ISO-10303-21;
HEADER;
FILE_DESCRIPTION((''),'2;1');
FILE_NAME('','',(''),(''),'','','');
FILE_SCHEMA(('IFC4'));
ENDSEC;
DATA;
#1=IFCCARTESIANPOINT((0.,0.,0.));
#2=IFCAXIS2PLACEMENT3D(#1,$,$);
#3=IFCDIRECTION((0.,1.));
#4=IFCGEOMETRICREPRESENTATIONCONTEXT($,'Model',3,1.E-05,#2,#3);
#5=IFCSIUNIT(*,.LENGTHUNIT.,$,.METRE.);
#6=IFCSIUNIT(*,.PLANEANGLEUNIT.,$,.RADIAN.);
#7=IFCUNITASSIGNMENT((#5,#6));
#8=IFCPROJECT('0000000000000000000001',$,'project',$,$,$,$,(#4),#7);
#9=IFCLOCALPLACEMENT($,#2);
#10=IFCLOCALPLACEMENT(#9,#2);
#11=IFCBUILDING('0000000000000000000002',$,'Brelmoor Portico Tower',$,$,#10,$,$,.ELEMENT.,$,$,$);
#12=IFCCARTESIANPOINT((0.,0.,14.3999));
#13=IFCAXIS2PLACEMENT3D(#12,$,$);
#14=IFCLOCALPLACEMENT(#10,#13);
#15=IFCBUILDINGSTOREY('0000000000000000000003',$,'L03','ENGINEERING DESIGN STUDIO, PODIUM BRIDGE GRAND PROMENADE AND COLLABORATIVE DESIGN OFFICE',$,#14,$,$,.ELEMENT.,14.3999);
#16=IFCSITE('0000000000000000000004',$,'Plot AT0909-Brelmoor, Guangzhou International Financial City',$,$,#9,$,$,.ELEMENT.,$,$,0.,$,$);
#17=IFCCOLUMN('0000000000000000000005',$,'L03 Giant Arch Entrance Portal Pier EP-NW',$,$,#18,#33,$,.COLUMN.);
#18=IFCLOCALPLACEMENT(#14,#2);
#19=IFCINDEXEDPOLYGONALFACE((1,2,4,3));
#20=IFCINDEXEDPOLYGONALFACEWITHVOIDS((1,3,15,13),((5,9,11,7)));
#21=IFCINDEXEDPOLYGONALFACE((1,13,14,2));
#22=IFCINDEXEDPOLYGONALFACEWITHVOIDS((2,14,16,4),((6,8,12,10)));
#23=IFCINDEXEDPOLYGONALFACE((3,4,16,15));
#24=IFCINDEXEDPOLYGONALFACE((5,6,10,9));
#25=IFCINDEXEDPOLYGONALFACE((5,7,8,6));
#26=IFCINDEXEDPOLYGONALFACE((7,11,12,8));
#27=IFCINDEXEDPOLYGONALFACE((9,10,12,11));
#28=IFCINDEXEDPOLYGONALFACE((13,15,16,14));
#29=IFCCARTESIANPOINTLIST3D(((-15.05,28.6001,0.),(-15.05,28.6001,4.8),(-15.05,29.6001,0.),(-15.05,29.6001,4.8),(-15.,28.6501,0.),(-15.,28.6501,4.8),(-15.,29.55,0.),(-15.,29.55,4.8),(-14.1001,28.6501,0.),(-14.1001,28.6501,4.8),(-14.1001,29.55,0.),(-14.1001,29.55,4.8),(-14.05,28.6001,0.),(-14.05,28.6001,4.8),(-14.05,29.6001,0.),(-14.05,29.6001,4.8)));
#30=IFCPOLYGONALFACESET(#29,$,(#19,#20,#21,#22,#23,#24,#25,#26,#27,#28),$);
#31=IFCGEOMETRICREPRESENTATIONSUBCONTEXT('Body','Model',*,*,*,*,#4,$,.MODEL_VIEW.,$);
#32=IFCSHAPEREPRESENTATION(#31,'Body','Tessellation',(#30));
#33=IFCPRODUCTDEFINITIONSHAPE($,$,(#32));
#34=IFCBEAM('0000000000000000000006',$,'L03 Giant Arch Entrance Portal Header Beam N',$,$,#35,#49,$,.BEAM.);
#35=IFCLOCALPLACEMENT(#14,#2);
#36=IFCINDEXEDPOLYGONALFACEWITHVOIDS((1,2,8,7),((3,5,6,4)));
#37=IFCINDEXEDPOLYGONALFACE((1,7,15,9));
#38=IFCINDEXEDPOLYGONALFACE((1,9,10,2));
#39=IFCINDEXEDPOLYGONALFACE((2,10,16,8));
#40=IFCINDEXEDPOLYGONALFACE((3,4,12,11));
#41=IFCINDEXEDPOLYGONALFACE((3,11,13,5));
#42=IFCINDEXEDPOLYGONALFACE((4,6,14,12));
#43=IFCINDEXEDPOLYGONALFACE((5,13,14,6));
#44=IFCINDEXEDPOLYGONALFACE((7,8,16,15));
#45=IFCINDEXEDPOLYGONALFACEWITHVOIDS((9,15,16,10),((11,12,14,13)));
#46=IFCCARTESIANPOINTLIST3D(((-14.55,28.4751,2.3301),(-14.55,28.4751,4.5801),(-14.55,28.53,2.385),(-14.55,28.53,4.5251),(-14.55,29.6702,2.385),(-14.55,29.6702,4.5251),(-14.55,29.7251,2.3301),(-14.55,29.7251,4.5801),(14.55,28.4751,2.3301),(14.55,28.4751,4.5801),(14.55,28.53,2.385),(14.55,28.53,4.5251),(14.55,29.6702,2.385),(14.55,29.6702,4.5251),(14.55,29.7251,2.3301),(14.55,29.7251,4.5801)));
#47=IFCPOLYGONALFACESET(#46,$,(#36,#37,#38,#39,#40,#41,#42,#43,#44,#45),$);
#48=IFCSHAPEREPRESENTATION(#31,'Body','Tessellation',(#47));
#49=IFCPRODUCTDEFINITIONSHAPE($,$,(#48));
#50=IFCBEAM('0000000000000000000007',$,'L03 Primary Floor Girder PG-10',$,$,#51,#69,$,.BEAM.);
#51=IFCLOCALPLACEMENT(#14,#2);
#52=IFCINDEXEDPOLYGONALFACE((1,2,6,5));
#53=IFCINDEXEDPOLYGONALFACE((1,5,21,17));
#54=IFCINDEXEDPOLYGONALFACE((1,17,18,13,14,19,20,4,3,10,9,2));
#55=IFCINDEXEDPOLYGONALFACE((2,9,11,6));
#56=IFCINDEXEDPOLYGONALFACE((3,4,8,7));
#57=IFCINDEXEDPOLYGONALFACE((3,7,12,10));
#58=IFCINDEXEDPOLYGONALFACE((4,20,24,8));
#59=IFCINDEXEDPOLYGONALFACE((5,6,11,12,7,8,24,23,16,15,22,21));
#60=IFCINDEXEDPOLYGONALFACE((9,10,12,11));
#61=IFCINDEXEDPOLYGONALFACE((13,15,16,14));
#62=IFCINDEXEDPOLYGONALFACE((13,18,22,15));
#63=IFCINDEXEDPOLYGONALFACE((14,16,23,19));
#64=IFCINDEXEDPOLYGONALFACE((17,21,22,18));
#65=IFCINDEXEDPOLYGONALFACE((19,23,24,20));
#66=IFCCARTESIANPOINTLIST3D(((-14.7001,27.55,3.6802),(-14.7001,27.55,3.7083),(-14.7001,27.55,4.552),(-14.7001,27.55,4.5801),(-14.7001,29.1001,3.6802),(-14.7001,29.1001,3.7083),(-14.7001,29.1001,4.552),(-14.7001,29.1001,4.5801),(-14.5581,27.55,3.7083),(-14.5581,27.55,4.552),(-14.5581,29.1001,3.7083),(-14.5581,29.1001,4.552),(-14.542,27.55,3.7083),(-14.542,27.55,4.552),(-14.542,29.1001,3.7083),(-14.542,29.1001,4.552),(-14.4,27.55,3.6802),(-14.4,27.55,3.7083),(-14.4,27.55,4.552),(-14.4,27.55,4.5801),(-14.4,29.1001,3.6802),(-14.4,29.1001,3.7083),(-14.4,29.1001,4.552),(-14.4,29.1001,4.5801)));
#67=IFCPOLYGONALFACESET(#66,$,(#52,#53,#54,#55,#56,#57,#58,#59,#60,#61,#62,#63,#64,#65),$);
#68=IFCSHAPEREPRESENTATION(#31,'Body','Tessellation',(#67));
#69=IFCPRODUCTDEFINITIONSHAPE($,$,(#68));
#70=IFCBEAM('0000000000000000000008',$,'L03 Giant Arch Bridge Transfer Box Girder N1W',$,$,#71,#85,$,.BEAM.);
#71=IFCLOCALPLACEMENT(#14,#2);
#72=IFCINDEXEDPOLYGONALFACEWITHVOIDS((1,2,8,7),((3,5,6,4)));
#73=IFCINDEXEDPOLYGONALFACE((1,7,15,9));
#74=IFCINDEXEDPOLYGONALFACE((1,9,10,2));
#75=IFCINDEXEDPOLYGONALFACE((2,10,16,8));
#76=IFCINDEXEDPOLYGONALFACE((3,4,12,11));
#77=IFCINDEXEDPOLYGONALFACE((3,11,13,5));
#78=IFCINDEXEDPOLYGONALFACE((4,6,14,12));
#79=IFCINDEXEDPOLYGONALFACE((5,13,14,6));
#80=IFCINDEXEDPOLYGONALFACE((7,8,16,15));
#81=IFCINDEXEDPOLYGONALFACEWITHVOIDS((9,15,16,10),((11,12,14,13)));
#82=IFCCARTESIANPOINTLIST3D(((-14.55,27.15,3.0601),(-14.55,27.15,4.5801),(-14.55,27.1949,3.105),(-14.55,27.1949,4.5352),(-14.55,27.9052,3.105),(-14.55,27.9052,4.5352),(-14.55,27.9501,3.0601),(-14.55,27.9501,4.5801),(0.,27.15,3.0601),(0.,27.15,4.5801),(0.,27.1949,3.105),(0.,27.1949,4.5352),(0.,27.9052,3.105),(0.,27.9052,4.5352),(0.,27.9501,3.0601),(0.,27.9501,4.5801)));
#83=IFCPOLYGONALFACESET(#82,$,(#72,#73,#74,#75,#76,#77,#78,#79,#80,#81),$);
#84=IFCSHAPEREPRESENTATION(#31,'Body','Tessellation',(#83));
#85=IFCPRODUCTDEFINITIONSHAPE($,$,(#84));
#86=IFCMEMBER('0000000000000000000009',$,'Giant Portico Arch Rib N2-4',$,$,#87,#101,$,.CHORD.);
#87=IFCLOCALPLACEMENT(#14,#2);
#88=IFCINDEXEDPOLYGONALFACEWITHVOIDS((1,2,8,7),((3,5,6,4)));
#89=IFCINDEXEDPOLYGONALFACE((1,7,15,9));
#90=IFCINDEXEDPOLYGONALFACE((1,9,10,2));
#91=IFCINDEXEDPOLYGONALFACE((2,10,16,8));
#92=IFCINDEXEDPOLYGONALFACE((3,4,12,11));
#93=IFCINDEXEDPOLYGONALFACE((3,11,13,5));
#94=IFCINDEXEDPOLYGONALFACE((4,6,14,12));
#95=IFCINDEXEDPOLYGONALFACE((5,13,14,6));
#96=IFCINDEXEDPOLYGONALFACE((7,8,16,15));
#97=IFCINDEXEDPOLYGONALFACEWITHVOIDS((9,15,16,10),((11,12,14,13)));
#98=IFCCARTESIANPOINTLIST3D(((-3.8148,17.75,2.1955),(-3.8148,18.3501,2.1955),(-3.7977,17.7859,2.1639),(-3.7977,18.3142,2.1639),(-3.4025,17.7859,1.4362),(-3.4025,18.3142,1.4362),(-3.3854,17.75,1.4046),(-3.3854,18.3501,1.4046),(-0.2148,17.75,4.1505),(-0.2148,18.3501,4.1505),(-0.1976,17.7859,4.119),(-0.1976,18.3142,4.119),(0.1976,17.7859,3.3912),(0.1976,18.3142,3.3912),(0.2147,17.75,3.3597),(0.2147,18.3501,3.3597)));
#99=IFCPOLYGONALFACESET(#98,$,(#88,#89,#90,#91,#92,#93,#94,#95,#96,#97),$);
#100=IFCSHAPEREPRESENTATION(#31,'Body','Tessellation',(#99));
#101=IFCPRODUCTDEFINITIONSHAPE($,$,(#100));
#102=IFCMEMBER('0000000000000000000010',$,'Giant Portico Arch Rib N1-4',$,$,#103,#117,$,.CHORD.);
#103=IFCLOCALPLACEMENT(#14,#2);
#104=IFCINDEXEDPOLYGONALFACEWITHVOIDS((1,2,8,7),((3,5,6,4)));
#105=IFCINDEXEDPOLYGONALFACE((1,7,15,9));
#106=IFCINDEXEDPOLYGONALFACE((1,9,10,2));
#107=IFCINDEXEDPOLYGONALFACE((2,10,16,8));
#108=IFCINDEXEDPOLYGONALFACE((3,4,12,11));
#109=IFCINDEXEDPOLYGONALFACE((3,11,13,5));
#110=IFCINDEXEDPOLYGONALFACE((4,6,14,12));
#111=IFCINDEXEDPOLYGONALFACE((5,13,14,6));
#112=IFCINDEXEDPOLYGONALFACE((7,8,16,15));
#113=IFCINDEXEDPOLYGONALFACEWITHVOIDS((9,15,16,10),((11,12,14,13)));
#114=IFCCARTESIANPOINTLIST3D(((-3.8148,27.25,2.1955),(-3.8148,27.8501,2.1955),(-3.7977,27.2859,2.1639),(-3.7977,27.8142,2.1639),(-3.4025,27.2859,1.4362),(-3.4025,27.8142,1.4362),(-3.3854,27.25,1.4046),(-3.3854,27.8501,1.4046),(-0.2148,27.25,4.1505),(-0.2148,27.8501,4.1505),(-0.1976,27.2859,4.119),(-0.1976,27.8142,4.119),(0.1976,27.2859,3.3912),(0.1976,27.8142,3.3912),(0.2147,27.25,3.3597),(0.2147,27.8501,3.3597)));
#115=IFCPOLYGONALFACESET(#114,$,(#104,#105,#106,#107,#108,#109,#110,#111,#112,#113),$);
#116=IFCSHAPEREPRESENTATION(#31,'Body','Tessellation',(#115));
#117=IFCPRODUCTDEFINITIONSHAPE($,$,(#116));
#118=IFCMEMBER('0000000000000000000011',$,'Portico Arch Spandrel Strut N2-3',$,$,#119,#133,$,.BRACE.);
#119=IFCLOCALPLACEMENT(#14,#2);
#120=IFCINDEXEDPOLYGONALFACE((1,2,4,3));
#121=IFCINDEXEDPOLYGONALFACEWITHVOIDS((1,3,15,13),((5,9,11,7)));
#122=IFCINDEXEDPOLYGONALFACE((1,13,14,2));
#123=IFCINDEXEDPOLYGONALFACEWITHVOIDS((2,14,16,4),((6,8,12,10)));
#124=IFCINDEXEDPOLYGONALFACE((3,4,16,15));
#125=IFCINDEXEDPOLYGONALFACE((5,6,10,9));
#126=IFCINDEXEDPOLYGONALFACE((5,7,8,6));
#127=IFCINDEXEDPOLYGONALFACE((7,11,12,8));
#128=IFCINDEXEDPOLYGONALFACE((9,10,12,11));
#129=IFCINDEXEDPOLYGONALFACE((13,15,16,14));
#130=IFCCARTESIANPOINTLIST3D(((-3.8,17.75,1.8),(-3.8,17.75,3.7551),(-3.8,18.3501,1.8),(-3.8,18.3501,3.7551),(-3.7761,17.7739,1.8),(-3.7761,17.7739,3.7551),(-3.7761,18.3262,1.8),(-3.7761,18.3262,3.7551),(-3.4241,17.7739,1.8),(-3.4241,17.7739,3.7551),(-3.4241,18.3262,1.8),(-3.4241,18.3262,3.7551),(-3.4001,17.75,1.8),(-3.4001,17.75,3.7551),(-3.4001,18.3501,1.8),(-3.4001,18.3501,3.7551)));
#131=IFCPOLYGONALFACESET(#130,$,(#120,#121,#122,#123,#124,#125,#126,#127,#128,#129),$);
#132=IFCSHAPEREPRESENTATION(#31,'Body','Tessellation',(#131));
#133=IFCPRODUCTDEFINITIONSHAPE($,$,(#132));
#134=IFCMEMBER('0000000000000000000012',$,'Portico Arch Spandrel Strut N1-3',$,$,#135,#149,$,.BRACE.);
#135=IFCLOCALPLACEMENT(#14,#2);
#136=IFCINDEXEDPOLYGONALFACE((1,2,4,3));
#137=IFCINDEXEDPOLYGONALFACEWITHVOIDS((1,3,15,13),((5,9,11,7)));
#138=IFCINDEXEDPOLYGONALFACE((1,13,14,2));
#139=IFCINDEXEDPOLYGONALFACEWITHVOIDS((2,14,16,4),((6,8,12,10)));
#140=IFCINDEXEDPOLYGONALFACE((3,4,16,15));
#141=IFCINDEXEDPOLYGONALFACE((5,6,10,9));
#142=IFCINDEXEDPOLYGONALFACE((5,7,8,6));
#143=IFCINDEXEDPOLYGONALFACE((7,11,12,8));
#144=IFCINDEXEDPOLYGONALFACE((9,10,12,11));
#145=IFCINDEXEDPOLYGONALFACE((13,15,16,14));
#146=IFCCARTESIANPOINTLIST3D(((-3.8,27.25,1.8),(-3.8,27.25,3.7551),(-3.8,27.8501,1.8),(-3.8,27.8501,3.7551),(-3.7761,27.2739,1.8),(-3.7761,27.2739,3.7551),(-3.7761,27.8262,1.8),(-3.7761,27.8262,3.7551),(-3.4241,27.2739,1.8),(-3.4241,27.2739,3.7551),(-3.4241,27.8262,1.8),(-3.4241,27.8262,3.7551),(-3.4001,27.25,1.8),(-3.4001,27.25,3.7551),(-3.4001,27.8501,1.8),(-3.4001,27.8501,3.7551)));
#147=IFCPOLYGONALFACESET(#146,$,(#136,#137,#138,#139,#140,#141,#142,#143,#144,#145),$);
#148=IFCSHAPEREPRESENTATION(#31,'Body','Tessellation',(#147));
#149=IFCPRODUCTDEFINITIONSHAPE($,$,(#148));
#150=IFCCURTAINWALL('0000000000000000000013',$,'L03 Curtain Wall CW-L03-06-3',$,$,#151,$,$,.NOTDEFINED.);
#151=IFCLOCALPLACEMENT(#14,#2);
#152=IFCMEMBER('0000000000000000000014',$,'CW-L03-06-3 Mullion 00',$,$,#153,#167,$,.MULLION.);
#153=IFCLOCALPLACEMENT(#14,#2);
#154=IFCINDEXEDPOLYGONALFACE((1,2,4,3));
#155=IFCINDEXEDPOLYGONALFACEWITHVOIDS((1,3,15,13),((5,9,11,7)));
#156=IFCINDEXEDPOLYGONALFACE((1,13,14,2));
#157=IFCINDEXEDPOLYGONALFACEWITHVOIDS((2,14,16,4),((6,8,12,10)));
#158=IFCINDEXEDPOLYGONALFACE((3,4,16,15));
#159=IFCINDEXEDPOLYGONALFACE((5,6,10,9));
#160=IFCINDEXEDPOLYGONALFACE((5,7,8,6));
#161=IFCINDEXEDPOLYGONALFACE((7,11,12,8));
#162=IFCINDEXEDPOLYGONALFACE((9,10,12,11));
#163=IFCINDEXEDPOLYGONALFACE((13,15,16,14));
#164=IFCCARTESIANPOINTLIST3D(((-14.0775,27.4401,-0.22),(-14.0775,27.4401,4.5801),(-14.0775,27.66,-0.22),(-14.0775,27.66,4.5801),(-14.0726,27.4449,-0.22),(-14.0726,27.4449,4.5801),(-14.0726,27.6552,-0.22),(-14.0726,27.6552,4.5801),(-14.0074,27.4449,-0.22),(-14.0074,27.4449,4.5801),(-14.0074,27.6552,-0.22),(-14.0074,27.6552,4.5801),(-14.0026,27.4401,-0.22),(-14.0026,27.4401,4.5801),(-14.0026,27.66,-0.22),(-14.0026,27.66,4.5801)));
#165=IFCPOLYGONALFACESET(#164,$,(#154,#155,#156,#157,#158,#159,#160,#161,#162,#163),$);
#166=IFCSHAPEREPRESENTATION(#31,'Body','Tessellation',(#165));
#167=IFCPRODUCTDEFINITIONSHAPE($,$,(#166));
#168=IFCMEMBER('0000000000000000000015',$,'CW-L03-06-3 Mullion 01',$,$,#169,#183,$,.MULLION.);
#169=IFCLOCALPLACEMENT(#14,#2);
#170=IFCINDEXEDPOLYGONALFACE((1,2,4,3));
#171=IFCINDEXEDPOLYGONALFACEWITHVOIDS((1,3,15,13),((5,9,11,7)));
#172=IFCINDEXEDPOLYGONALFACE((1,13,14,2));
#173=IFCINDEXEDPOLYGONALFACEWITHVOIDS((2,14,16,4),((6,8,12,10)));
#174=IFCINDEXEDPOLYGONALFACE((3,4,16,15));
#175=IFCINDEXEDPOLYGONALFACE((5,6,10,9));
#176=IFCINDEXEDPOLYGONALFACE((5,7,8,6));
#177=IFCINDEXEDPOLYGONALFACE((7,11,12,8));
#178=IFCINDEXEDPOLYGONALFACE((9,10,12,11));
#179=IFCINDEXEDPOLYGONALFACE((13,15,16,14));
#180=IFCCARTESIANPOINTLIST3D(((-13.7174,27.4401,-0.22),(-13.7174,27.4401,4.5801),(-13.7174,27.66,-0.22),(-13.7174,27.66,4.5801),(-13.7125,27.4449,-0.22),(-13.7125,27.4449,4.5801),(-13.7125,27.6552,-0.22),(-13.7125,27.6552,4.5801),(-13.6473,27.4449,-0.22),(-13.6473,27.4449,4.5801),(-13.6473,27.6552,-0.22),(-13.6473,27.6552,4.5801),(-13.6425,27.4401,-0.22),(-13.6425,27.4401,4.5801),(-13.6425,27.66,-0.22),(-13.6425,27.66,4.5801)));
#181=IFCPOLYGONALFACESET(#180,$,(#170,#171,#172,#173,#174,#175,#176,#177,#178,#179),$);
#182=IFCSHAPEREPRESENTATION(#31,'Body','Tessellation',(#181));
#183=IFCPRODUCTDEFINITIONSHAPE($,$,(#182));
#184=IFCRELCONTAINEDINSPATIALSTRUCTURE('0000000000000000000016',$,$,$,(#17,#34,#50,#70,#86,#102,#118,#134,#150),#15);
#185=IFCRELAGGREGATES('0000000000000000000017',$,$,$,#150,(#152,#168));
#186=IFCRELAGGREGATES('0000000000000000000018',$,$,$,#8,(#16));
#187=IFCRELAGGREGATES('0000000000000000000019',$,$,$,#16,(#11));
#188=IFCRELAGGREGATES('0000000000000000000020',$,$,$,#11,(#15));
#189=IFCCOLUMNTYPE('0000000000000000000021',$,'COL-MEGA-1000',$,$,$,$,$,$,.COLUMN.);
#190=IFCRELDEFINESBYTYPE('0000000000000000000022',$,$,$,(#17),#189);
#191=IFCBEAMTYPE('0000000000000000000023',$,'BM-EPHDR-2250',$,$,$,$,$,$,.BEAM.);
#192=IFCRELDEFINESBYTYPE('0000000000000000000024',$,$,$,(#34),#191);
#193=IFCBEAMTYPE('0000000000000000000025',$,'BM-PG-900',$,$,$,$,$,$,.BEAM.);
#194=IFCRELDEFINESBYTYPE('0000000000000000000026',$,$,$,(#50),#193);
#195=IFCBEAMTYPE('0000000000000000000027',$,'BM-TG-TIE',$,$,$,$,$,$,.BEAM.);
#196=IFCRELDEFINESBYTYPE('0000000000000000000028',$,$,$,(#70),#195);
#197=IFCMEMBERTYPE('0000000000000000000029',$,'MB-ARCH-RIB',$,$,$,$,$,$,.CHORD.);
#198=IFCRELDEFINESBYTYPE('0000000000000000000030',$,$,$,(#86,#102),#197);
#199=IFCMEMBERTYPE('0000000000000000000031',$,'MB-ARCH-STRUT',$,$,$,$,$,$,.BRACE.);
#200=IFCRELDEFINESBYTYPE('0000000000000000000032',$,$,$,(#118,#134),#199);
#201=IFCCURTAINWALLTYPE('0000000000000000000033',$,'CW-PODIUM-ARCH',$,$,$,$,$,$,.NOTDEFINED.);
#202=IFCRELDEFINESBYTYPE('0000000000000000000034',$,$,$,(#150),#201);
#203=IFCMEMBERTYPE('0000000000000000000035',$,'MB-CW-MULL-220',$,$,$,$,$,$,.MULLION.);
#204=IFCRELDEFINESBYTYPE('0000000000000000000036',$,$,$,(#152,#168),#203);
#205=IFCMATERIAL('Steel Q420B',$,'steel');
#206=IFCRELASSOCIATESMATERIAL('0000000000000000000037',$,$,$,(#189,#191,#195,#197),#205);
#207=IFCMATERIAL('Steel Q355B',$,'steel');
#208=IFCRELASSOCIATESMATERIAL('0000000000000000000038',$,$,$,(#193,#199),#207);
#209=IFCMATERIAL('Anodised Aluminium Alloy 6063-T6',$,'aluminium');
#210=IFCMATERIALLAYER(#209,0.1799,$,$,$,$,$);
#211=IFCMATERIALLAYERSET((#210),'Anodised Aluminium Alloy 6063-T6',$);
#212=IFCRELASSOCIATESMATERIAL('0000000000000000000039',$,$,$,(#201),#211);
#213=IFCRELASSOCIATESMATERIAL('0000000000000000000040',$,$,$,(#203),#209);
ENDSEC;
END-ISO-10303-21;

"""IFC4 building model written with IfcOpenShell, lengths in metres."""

from ifc_helpers import new_model, si_unit, direction, frame, origin, origin_2d, place, context, subcontext, project, spatial, hollow_rectangle, i_section, extrude, material, layer, layer_set, material_profile, profile_set, type_object, element, aggregate, save


model = new_model("IFC4")

# Units and contexts
model_context = context("Model", 3, precision=1e-05, world=origin(), true_north=direction((0.0, 1.0)))
body_context = subcontext(model_context, "Body", "Model", "MODEL_VIEW")
ifc_project = project(units=[si_unit("LENGTHUNIT", "METRE"), si_unit("PLANEANGLEUNIT", "RADIAN")], contexts=[model_context])

# Site, building, storey
site_placement = place(None, origin())
site = spatial("IfcSite", under=ifc_project, at=site_placement, Name="Plot AT0909-Brelmoor, Guangzhou International Financial City", CompositionType="ELEMENT", RefElevation=0.0)
building_placement = place(site_placement, origin())
building = spatial("IfcBuilding", under=site, at=building_placement, Name="Brelmoor Portico Tower", CompositionType="ELEMENT")
storey_placement = place(building_placement, frame((0.0, 0.0, 14.3999)))
storey = spatial("IfcBuildingStorey", under=building, at=storey_placement, Name="L03", Description="ENGINEERING DESIGN STUDIO, PODIUM BRIDGE GRAND PROMENADE AND COLLABORATIVE DESIGN OFFICE", CompositionType="ELEMENT", Elevation=14.3999)

# Column
ifc_material_1 = material(Name="Steel Q420B", Category="steel")
ifc_material_profile_1 = material_profile(ifc_material_1, hollow_rectangle(XDim=1.0, YDim=1.0, WallThickness=0.05, at=origin_2d()), Name="BOX 1000x1000x50")
ifc_profile_set_1 = profile_set([ifc_material_profile_1], Name="Steel Q420B")
column_type = type_object("IfcColumnType", Name="COL-MEGA-1000", PredefinedType="COLUMN", material=ifc_profile_set_1)
column_placement = place(storey_placement, frame((-14.55, 29.1001, 0.0), z_axis=(0.0, 0.0, 1.0), x_axis=(1.0, 0.0, 0.0)))
element("IfcColumn", 1, at=column_placement, inside=storey, type_object=column_type, Name="L03 Giant Arch Entrance Portal Pier EP-NW", PredefinedType="COLUMN", context=body_context, shape_type="SweptSolid", body=[
    extrude(hollow_rectangle(XDim=1.0, YDim=1.0, WallThickness=0.05, at=origin_2d()), origin(), (0.0, 0.0, 1.0), 4.8),
])

# Beams
ifc_material_profile_2 = material_profile(ifc_material_1, hollow_rectangle(XDim=1.25, YDim=2.25, WallThickness=0.0549, at=origin_2d()), Name="BOX 1250x2250x55")
ifc_profile_set_2 = profile_set([ifc_material_profile_2], Name="Steel Q420B")
beam_type_1 = type_object("IfcBeamType", Name="BM-EPHDR-2250", PredefinedType="BEAM", material=ifc_profile_set_2)
beam_1_placement = place(storey_placement, frame((-14.55, 29.1001, 3.4551), z_axis=(1.0, 0.0, 0.0), x_axis=(0.0, 1.0, 0.0)))
element("IfcBeam", 2, at=beam_1_placement, inside=storey, type_object=beam_type_1, Name="L03 Giant Arch Entrance Portal Header Beam N", PredefinedType="BEAM", context=body_context, shape_type="SweptSolid", body=[
    extrude(hollow_rectangle(XDim=1.25, YDim=2.25, WallThickness=0.0549, at=origin_2d()), origin(), (0.0, 0.0, 1.0), 29.1001),
])
ifc_material_2 = material(Name="Steel Q355B", Category="steel")
ifc_material_profile_3 = material_profile(ifc_material_2, i_section(OverallWidth=0.3, OverallDepth=0.8999, WebThickness=0.0161, FlangeThickness=0.0281, at=origin_2d()), Name="HN 900x300x16x28")
ifc_profile_set_3 = profile_set([ifc_material_profile_3], Name="Steel Q355B")
beam_type_2 = type_object("IfcBeamType", Name="BM-PG-900", PredefinedType="BEAM", material=ifc_profile_set_3)
beam_2_placement = place(storey_placement, frame((-14.55, 27.55, 4.1301), z_axis=(0.0, 1.0, 0.0), x_axis=(-1.0, 0.0, 0.0)))
element("IfcBeam", 3, at=beam_2_placement, inside=storey, type_object=beam_type_2, Name="L03 Primary Floor Girder PG-10", PredefinedType="BEAM", context=body_context, shape_type="SweptSolid", body=[
    extrude(i_section(OverallWidth=0.3, OverallDepth=0.8999, WebThickness=0.0161, FlangeThickness=0.0281, at=origin_2d()), origin(), (0.0, 0.0, 1.0), 1.55),
])
ifc_material_profile_4 = material_profile(ifc_material_1, hollow_rectangle(XDim=0.8, YDim=1.52, WallThickness=0.0449, at=origin_2d()), Name="BOX 800x1520x45")
ifc_profile_set_4 = profile_set([ifc_material_profile_4], Name="Steel Q420B")
beam_type_3 = type_object("IfcBeamType", Name="BM-TG-TIE", PredefinedType="BEAM", material=ifc_profile_set_4)
beam_3_placement = place(storey_placement, frame((-14.55, 27.55, 3.8201), z_axis=(1.0, 0.0, 0.0), x_axis=(0.0, 1.0, 0.0)))
element("IfcBeam", 4, at=beam_3_placement, inside=storey, type_object=beam_type_3, Name="L03 Giant Arch Bridge Transfer Box Girder N1W", PredefinedType="BEAM", context=body_context, shape_type="SweptSolid", body=[
    extrude(hollow_rectangle(XDim=0.8, YDim=1.52, WallThickness=0.0449, at=origin_2d()), origin(), (0.0, 0.0, 1.0), 14.55),
])

# Members
ifc_material_profile_5 = material_profile(ifc_material_1, hollow_rectangle(XDim=0.6001, YDim=0.8999, WallThickness=0.0359, at=origin_2d()), Name="RHS 600x900x36")
ifc_profile_set_5 = profile_set([ifc_material_profile_5], Name="Steel Q420B")
member_type_1 = type_object("IfcMemberType", Name="MB-ARCH-RIB", PredefinedType="CHORD", material=ifc_profile_set_5)
for number, where, z_axis, x_axis, name in (
    (5, (-3.6001, 18.05, 1.8), (0.878778, 0.0, 0.477231), (0.0, 1.0, 0.0), "Giant Portico Arch Rib N2-4"),
    (6, (-3.6001, 27.55, 1.8), (0.878778, 0.0, 0.477231), (0.0, 1.0, 0.0), "Giant Portico Arch Rib N1-4"),
):
    element("IfcMember", number, at=place(storey_placement, frame(where, z_axis=z_axis, x_axis=x_axis)), inside=storey, type_object=member_type_1, Name=name, PredefinedType="CHORD", context=body_context, shape_type="SweptSolid", body=[
        extrude(hollow_rectangle(XDim=0.6001, YDim=0.8999, WallThickness=0.0359, at=origin_2d()), origin(), (0.0, 0.0, 1.0), 4.0967),
    ])
ifc_material_profile_6 = material_profile(ifc_material_2, hollow_rectangle(XDim=0.3999, YDim=0.6001, WallThickness=0.0239, at=origin_2d()), Name="RHS 400x600x24")
ifc_profile_set_6 = profile_set([ifc_material_profile_6], Name="Steel Q355B")
member_type_2 = type_object("IfcMemberType", Name="MB-ARCH-STRUT", PredefinedType="BRACE", material=ifc_profile_set_6)
for number, where, z_axis, x_axis, name in (
    (7, (-3.6001, 18.05, 1.8), (0.0, 0.0, 1.0), (1.0, 0.0, 0.0), "Portico Arch Spandrel Strut N2-3"),
    (8, (-3.6001, 27.55, 1.8), (0.0, 0.0, 1.0), (1.0, 0.0, 0.0), "Portico Arch Spandrel Strut N1-3"),
):
    element("IfcMember", number, at=place(storey_placement, frame(where, z_axis=z_axis, x_axis=x_axis)), inside=storey, type_object=member_type_2, Name=name, PredefinedType="BRACE", context=body_context, shape_type="SweptSolid", body=[
        extrude(hollow_rectangle(XDim=0.3999, YDim=0.6001, WallThickness=0.0239, at=origin_2d()), origin(), (0.0, 0.0, 1.0), 1.9551),
    ])

# Curtain wall, members
ifc_material_3 = material(Name="Anodised Aluminium Alloy 6063-T6", Category="aluminium")
ifc_layer_1 = layer(ifc_material_3, 0.1799)
ifc_layer_set_1 = layer_set([ifc_layer_1], Name="Anodised Aluminium Alloy 6063-T6")
curtain_wall_type = type_object("IfcCurtainWallType", Name="CW-PODIUM-ARCH", PredefinedType="NOTDEFINED", material=ifc_layer_set_1)
curtain_wall_1_placement = place(storey_placement, origin())
curtain_wall_1 = element("IfcCurtainWall", 9, at=curtain_wall_1_placement, inside=storey, type_object=curtain_wall_type, Name="L03 Curtain Wall CW-L03-06-3", PredefinedType="NOTDEFINED")
ifc_material_profile_7 = material_profile(ifc_material_3, hollow_rectangle(XDim=0.075, YDim=0.22, WallThickness=0.0049, at=origin_2d()), Name="ALU MULLION 75x220")
ifc_profile_set_7 = profile_set([ifc_material_profile_7], Name="Anodised Aluminium Alloy 6063-T6")
member_type_3 = type_object("IfcMemberType", Name="MB-CW-MULL-220", PredefinedType="MULLION", material=ifc_profile_set_7)
member_1_placement = place(storey_placement, frame((-14.04, 27.55, -0.22), z_axis=(0.0, 0.0, 1.0), x_axis=(1.0, 0.0, 0.0)))
member_1 = element("IfcMember", 10, at=member_1_placement, type_object=member_type_3, Name="CW-L03-06-3 Mullion 00", PredefinedType="MULLION", context=body_context, shape_type="SweptSolid", body=[
    extrude(hollow_rectangle(XDim=0.075, YDim=0.22, WallThickness=0.0049, at=origin_2d()), origin(), (0.0, 0.0, 1.0), 4.8),
])
member_2_placement = place(storey_placement, frame((-13.6799, 27.55, -0.22), z_axis=(0.0, 0.0, 1.0), x_axis=(1.0, 0.0, 0.0)))
member_2 = element("IfcMember", 11, at=member_2_placement, type_object=member_type_3, Name="CW-L03-06-3 Mullion 01", PredefinedType="MULLION", context=body_context, shape_type="SweptSolid", body=[
    extrude(hollow_rectangle(XDim=0.075, YDim=0.22, WallThickness=0.0049, at=origin_2d()), origin(), (0.0, 0.0, 1.0), 4.8),
])

aggregate(curtain_wall_1, [member_1, member_2])

save(model, "model.ifc")
